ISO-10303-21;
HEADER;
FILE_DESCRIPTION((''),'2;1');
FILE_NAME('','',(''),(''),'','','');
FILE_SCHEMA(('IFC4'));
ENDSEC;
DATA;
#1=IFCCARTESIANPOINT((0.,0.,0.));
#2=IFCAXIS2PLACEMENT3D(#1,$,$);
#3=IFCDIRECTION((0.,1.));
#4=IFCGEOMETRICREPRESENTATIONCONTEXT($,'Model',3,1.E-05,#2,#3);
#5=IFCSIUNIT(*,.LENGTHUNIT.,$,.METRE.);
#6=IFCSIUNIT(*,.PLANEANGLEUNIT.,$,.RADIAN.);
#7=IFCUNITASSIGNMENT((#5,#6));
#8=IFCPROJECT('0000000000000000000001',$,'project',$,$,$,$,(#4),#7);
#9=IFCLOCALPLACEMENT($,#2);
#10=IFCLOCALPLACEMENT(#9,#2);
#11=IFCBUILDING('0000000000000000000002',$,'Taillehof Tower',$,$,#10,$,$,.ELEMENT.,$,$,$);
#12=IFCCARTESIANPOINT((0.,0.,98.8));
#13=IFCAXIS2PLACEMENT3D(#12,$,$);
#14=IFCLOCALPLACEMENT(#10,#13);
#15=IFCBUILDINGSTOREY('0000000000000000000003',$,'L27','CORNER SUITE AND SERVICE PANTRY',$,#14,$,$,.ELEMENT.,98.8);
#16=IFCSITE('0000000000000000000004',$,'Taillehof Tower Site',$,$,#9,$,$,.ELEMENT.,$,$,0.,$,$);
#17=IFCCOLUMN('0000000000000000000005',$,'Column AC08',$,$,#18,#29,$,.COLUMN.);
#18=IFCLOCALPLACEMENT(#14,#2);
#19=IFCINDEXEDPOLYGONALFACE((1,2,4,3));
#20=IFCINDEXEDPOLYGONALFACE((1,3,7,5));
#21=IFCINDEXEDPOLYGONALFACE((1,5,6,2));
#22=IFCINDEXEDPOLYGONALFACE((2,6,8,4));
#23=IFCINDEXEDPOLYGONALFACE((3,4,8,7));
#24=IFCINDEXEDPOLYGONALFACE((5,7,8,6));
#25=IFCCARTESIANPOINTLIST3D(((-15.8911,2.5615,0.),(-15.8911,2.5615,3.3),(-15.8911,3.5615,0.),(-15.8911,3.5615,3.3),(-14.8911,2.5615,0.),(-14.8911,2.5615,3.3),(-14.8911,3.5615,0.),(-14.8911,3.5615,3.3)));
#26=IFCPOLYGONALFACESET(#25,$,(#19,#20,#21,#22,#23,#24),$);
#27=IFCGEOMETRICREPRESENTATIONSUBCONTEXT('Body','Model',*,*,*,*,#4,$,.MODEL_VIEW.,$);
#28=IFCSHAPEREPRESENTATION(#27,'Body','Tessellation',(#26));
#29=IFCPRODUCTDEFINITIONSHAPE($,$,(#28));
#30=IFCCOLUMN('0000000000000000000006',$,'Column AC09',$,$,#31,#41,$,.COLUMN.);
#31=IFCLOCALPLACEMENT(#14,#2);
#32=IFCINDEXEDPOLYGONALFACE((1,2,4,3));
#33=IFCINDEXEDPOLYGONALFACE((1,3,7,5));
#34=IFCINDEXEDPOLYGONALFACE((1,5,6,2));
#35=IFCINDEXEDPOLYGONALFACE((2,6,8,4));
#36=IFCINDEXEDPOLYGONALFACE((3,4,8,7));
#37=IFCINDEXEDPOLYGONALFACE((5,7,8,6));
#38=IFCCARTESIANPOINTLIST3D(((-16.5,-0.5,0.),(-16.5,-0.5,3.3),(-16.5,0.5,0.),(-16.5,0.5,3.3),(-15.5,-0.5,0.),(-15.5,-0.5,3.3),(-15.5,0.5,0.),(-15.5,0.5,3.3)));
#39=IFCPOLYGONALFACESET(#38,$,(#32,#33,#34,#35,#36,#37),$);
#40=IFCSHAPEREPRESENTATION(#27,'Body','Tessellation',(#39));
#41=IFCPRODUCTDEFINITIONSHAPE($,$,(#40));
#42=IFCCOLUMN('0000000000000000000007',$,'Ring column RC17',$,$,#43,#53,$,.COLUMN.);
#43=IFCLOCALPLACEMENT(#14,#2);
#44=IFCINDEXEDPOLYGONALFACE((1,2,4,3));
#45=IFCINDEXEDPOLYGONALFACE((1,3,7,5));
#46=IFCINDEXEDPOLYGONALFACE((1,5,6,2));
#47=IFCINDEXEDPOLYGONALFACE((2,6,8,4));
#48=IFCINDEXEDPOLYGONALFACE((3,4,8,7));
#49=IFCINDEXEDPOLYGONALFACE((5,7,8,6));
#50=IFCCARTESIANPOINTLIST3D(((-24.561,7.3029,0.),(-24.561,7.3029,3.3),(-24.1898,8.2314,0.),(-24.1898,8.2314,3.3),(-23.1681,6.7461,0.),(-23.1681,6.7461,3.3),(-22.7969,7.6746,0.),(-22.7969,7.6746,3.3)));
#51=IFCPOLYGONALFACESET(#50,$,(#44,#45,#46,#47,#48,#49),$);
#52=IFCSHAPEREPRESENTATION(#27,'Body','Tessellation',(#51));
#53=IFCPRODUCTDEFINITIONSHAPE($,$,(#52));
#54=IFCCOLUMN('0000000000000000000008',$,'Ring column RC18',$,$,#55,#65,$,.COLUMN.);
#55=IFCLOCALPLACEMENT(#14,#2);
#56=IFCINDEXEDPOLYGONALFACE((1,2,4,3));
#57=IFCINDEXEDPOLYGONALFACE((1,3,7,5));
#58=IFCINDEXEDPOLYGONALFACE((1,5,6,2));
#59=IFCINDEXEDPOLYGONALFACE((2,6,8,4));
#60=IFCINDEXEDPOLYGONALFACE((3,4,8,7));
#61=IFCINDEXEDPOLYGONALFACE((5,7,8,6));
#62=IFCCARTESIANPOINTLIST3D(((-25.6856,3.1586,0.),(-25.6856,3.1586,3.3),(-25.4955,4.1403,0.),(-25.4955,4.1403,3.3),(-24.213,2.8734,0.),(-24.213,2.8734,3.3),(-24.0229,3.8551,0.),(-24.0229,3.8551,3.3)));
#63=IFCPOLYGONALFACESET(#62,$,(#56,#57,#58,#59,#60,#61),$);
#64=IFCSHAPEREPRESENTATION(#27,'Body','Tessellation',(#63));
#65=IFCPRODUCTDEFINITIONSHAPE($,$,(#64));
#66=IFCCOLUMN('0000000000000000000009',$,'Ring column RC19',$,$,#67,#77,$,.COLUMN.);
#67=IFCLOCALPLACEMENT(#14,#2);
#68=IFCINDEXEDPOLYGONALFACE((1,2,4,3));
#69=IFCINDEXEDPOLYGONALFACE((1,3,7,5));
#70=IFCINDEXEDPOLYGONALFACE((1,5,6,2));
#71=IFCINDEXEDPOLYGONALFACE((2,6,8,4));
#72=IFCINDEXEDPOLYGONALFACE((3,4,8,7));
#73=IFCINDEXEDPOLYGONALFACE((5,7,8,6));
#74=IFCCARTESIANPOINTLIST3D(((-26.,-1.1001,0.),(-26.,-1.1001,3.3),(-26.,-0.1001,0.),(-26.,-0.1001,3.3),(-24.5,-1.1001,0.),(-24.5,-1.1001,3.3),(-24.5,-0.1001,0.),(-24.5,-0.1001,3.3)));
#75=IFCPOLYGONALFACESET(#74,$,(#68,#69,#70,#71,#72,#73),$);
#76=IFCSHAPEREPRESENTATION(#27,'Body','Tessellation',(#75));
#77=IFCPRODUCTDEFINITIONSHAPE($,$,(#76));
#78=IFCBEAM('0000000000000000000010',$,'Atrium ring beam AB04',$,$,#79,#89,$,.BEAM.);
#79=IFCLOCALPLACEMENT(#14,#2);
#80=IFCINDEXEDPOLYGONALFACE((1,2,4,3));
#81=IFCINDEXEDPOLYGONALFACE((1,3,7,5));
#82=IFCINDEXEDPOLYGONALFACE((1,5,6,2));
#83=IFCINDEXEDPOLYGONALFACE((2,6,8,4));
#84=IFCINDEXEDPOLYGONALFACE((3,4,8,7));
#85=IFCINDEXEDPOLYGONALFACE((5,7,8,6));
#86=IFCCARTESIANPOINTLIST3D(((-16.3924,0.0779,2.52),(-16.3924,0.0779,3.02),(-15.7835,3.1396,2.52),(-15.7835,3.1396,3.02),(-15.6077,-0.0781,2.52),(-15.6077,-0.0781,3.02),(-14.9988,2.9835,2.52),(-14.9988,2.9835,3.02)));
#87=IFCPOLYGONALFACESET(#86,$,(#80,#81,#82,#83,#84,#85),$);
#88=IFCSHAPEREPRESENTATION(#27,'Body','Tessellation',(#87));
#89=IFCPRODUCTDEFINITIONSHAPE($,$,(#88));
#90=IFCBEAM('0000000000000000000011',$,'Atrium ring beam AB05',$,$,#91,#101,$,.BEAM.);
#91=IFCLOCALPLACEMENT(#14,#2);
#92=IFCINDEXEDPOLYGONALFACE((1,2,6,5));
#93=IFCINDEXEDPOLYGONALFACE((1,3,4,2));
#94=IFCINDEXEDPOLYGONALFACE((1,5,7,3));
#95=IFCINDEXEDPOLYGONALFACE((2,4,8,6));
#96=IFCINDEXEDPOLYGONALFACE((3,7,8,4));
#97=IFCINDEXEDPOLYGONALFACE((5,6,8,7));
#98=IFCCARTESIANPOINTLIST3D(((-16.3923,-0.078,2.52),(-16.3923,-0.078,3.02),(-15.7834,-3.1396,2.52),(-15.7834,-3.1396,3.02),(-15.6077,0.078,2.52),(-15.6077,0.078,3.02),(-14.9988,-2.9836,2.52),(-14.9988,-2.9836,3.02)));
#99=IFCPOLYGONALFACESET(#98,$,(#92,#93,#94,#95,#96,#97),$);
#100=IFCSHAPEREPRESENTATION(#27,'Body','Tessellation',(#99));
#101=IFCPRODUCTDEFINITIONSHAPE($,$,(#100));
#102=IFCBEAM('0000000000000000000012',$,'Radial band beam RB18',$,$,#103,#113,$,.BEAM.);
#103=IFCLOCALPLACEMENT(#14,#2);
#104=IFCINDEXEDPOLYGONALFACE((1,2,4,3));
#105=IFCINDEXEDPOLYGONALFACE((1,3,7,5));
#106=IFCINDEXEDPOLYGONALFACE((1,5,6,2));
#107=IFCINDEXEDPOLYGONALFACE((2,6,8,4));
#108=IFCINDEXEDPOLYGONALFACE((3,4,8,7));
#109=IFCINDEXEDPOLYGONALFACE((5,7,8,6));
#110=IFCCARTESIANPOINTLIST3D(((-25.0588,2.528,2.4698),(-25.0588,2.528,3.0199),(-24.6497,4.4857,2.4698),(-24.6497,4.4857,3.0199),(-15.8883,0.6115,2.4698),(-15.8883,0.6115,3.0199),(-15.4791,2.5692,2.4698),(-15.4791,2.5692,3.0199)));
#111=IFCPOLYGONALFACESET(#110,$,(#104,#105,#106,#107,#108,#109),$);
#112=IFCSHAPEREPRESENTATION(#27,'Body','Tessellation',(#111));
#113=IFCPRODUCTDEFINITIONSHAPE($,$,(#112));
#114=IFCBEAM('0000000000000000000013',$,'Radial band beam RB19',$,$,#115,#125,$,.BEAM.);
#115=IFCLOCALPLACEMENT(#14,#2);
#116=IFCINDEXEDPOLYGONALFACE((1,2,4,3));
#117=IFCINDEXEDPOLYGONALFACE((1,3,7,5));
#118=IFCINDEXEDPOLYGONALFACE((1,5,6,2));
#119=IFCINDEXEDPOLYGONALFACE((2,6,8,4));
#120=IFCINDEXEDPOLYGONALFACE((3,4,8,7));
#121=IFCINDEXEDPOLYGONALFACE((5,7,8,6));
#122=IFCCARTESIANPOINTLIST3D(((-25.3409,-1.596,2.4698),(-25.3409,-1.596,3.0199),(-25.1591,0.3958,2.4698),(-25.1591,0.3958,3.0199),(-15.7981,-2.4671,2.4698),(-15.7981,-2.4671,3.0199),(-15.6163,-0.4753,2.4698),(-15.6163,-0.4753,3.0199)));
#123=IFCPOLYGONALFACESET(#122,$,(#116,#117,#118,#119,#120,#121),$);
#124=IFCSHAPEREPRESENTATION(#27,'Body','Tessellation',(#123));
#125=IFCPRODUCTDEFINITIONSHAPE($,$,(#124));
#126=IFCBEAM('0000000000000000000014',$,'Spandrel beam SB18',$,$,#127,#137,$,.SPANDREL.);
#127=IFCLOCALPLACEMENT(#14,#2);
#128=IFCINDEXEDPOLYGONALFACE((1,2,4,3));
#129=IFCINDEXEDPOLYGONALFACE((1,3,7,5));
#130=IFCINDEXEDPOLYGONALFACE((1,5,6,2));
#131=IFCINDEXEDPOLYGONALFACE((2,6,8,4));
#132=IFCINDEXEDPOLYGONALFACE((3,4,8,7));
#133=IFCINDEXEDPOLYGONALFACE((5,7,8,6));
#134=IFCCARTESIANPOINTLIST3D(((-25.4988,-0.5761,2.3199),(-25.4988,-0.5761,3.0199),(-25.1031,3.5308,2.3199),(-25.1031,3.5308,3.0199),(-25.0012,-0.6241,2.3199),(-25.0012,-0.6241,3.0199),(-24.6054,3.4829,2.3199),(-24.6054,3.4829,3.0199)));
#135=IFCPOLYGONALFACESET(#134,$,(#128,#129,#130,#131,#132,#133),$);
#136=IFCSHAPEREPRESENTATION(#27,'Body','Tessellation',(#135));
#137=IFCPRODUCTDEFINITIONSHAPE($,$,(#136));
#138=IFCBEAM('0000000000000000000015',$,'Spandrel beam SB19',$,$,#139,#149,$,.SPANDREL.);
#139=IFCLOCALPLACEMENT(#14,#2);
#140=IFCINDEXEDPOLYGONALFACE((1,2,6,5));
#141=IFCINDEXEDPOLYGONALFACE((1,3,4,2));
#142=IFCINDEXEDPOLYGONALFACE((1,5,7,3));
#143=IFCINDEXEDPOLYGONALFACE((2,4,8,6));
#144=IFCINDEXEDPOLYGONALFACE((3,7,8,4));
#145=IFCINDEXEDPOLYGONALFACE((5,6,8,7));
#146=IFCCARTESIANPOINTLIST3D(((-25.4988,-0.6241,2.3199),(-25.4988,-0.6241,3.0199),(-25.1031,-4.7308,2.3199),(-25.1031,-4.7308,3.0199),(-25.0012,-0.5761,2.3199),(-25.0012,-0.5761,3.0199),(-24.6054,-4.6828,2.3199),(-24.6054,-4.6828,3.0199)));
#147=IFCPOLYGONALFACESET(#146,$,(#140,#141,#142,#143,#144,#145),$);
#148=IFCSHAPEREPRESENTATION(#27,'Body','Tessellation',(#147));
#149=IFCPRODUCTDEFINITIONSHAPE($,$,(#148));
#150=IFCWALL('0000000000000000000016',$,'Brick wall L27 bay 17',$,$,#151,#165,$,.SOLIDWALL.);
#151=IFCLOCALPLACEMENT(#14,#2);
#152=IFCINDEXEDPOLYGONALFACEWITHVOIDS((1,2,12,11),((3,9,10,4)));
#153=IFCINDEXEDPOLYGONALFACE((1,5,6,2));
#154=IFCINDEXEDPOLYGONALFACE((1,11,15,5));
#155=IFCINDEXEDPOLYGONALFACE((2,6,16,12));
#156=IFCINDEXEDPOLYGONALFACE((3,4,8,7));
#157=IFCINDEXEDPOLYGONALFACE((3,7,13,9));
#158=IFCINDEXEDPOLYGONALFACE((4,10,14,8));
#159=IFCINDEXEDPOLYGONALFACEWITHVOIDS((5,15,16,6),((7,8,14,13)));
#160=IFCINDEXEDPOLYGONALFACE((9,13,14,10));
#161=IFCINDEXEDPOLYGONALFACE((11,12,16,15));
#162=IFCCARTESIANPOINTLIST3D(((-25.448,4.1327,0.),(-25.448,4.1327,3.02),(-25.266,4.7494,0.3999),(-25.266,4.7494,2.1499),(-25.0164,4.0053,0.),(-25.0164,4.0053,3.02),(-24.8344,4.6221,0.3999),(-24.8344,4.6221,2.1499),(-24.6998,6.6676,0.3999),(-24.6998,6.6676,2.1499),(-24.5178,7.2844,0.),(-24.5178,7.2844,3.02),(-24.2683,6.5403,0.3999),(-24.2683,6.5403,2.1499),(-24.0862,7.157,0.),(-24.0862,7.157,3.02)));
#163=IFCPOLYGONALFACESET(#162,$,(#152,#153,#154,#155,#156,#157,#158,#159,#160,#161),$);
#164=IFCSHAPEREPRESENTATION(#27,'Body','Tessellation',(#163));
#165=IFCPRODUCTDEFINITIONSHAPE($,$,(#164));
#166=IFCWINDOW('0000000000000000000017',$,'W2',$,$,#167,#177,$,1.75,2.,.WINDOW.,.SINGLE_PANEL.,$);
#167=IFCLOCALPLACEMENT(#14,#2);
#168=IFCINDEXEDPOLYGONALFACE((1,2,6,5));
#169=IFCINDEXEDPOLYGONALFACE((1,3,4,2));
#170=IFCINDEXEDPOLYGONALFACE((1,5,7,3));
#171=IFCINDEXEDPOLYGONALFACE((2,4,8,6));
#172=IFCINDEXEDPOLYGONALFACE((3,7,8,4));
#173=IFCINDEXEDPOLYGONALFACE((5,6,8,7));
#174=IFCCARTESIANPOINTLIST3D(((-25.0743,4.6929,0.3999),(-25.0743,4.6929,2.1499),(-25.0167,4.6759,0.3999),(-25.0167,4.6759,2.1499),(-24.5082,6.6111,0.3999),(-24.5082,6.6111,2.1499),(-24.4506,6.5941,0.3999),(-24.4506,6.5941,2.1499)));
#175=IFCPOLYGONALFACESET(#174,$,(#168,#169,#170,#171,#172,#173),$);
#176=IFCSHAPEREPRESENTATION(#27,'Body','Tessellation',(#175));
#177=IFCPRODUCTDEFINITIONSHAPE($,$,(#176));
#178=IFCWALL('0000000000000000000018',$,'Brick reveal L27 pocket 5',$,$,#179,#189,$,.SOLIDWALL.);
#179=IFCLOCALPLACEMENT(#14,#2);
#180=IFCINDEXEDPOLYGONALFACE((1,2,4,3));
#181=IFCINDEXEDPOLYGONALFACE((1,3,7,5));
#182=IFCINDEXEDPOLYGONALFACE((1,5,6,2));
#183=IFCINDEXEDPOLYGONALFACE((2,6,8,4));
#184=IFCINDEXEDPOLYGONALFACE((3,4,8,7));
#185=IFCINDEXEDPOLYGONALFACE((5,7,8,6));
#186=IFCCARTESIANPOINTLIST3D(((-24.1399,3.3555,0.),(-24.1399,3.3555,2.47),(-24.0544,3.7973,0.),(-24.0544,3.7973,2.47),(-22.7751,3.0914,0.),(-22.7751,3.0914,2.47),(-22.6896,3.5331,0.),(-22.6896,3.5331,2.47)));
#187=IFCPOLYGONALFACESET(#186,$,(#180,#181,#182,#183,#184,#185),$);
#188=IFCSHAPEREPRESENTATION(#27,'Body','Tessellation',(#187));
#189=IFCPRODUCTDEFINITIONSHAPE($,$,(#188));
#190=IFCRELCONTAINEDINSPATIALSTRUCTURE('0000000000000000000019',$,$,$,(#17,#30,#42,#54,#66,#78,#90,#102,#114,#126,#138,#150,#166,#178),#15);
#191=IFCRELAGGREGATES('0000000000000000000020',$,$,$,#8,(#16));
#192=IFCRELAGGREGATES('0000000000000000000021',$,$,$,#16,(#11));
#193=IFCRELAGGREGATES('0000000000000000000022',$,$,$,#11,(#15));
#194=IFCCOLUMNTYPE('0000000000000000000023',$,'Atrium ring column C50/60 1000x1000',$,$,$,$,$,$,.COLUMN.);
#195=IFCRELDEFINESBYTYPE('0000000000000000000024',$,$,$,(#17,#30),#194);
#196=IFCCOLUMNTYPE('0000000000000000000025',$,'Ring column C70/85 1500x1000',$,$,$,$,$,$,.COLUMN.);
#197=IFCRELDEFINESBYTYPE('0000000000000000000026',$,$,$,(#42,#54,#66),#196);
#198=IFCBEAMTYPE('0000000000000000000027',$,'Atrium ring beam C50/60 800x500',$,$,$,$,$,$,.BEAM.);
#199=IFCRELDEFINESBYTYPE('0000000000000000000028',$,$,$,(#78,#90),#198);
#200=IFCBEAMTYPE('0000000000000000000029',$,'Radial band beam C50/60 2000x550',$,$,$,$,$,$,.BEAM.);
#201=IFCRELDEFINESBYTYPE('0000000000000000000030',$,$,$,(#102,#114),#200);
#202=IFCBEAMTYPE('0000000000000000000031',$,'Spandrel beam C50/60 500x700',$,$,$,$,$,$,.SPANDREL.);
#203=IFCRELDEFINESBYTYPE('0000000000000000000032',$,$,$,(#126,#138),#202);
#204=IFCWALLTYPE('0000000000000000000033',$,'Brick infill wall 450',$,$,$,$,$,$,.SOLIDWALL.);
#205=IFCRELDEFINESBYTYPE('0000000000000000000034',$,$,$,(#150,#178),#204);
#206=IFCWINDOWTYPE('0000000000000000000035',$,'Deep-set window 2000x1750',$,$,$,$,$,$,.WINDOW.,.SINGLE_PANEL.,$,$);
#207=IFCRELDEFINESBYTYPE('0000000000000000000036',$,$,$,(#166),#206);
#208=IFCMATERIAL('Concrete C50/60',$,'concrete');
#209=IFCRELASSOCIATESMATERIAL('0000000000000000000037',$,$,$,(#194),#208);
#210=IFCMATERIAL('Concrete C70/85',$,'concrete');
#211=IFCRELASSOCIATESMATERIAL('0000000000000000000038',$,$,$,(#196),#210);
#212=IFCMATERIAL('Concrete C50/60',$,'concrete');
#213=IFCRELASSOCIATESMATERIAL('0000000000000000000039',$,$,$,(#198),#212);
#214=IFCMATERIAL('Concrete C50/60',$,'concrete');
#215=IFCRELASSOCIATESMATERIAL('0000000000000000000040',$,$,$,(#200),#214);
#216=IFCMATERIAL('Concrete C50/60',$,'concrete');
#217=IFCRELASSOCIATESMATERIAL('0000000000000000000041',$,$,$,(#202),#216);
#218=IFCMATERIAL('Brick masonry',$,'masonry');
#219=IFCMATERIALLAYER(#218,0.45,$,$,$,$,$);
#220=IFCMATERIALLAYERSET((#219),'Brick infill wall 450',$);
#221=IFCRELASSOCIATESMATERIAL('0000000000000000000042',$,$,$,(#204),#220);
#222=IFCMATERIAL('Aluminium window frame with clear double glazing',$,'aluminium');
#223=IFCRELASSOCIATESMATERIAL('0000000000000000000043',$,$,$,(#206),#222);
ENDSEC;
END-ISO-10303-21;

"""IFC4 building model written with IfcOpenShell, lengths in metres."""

from ifc_helpers import new_model, si_unit, direction, frame, frame_2d, origin, origin_2d, place, context, subcontext, project, spatial, rectangle, extrude, material, layer, layer_set, material_profile, profile_set, type_object, element, fill, save


model = new_model("IFC4")

# Units and contexts
model_context = context("Model", 3, precision=1e-05, world=origin(), true_north=direction((0.0, 1.0)))
body_context = subcontext(model_context, "Body", "Model", "MODEL_VIEW")
ifc_project = project(units=[si_unit("LENGTHUNIT", "METRE"), si_unit("PLANEANGLEUNIT", "RADIAN")], contexts=[model_context])

# Site, building, storey
site_placement = place(None, origin())
site = spatial("IfcSite", under=ifc_project, at=site_placement, Name="Taillehof Tower Site", CompositionType="ELEMENT", RefElevation=0.0)
building_placement = place(site_placement, origin())
building = spatial("IfcBuilding", under=site, at=building_placement, Name="Taillehof Tower", CompositionType="ELEMENT")
storey_placement = place(building_placement, frame((0.0, 0.0, 98.8)))
storey = spatial("IfcBuildingStorey", under=building, at=storey_placement, Name="L27", Description="CORNER SUITE AND SERVICE PANTRY", CompositionType="ELEMENT", Elevation=98.8)

# Columns
ifc_material_1 = material(Name="Concrete C50/60", Category="concrete")
ifc_material_profile_1 = material_profile(ifc_material_1, rectangle(XDim=1.0, YDim=1.0, at=origin_2d()), Name="RC 1000x1000")
ifc_profile_set_1 = profile_set([ifc_material_profile_1], Name="Concrete C50/60")
column_type_1 = type_object("IfcColumnType", Name="Atrium ring column C50/60 1000x1000", PredefinedType="COLUMN", material=ifc_profile_set_1)
for number, where, z_axis, x_axis, name in (
    (1, (-15.3911, 3.0615, 0.0), (0.0, 0.0, 1.0), (1.0, 0.0, 0.0), "Column AC08"),
    (2, (-16.0, 0.0, 0.0), (0.0, 0.0, 1.0), (1.0, 0.0, 0.0), "Column AC09"),
):
    element("IfcColumn", number, at=place(storey_placement, frame(where, z_axis=z_axis, x_axis=x_axis)), inside=storey, type_object=column_type_1, Name=name, PredefinedType="COLUMN", context=body_context, shape_type="SweptSolid", body=[
        extrude(rectangle(XDim=1.0, YDim=1.0, at=origin_2d()), origin(), (0.0, 0.0, 1.0), 3.3),
    ])
ifc_material_2 = material(Name="Concrete C70/85", Category="concrete")
ifc_material_profile_2 = material_profile(ifc_material_2, rectangle(XDim=1.5, YDim=1.0, at=origin_2d()), Name="RC 1500x1000")
ifc_profile_set_2 = profile_set([ifc_material_profile_2], Name="Concrete C70/85")
column_type_2 = type_object("IfcColumnType", Name="Ring column C70/85 1500x1000", PredefinedType="COLUMN", material=ifc_profile_set_2)
for number, where, z_axis, x_axis, name in (
    (3, (-23.679, 7.4888, 0.0), (0.0, 0.0, 1.0), (-0.92855, 0.371207, 0.0), "Ring column RC17"),
    (4, (-24.8542, 3.5068, 0.0), (0.0, 0.0, 1.0), (-0.981757, 0.190138, 0.0), "Ring column RC18"),
    (5, (-25.25, -0.6001, 0.0), (0.0, 0.0, 1.0), (-1.0, 0.0, 0.0), "Ring column RC19"),
):
    element("IfcColumn", number, at=place(storey_placement, frame(where, z_axis=z_axis, x_axis=x_axis)), inside=storey, type_object=column_type_2, Name=name, PredefinedType="COLUMN", context=body_context, shape_type="SweptSolid", body=[
        extrude(rectangle(XDim=1.5, YDim=1.0, at=origin_2d()), origin(), (0.0, 0.0, 1.0), 3.3),
    ])

# Beams
ifc_material_3 = material(Name="Concrete C50/60", Category="concrete")
ifc_material_profile_3 = material_profile(ifc_material_3, rectangle(XDim=0.8, YDim=0.5, at=origin_2d()), Name="RC 800x500")
ifc_profile_set_3 = profile_set([ifc_material_profile_3], Name="Concrete C50/60")
beam_type_1 = type_object("IfcBeamType", Name="Atrium ring beam C50/60 800x500", PredefinedType="BEAM", material=ifc_profile_set_3)
for number, where, z_axis, x_axis, name in (
    (6, (-15.3911, 3.0615, 2.77), (-0.195063, -0.980791, 0.0), (0.980791, -0.195063, 0.0), "Atrium ring beam AB04"),
    (7, (-16.0, 0.0, 2.77), (0.195063, -0.980791, 0.0), (0.980791, 0.195063, 0.0), "Atrium ring beam AB05"),
):
    element("IfcBeam", number, at=place(storey_placement, frame(where, z_axis=z_axis, x_axis=x_axis)), inside=storey, type_object=beam_type_1, Name=name, PredefinedType="BEAM", context=body_context, shape_type="SweptSolid", body=[
        extrude(rectangle(XDim=0.8, YDim=0.5, at=origin_2d()), origin(), (0.0, 0.0, 1.0), 3.1216),
    ])
ifc_material_4 = material(Name="Concrete C50/60", Category="concrete")
ifc_material_profile_4 = material_profile(ifc_material_4, rectangle(XDim=2.0, YDim=0.55, at=origin_2d()), Name="RC 2000x550")
ifc_profile_set_4 = profile_set([ifc_material_profile_4], Name="Concrete C50/60")
beam_type_2 = type_object("IfcBeamType", Name="Radial band beam C50/60 2000x550", PredefinedType="BEAM", material=ifc_profile_set_4)
beam_1_placement = place(storey_placement, frame((-24.8542, 3.5068, 2.7449), z_axis=(0.978853, -0.204563, 0.0), x_axis=(0.204563, 0.978853, 0.0)))
element("IfcBeam", 8, at=beam_1_placement, inside=storey, type_object=beam_type_2, Name="Radial band beam RB18", PredefinedType="BEAM", context=body_context, shape_type="SweptSolid", body=[
    extrude(rectangle(XDim=2.0, YDim=0.55, at=origin_2d()), origin(), (0.0, 0.0, 1.0), 9.3687),
])
beam_2_placement = place(storey_placement, frame((-25.25, -0.6001, 2.7449), z_axis=(0.99586, -0.090906, 0.0), x_axis=(0.090906, 0.99586, 0.0)))
element("IfcBeam", 9, at=beam_2_placement, inside=storey, type_object=beam_type_2, Name="Radial band beam RB19", PredefinedType="BEAM", context=body_context, shape_type="SweptSolid", body=[
    extrude(rectangle(XDim=2.0, YDim=0.55, at=origin_2d()), origin(), (0.0, 0.0, 1.0), 9.5825),
])
ifc_material_5 = material(Name="Concrete C50/60", Category="concrete")
ifc_material_profile_5 = material_profile(ifc_material_5, rectangle(XDim=0.5, YDim=0.7, at=origin_2d()), Name="RC 500x700")
ifc_profile_set_5 = profile_set([ifc_material_profile_5], Name="Concrete C50/60")
beam_type_3 = type_object("IfcBeamType", Name="Spandrel beam C50/60 500x700", PredefinedType="SPANDREL", material=ifc_profile_set_5)
beam_3_placement = place(storey_placement, frame((-24.8542, 3.5068, 2.6699), z_axis=(-0.095918, -0.995389, 0.0), x_axis=(0.995389, -0.095918, 0.0)))
element("IfcBeam", 10, at=beam_3_placement, inside=storey, type_object=beam_type_3, Name="Spandrel beam SB18", PredefinedType="SPANDREL", context=body_context, shape_type="SweptSolid", body=[
    extrude(rectangle(XDim=0.5, YDim=0.7, at=origin_2d()), origin(), (0.0, 0.0, 1.0), 4.126),
])
beam_4_placement = place(storey_placement, frame((-25.25, -0.6001, 2.6699), z_axis=(0.095923, -0.995389, 0.0), x_axis=(0.995389, 0.095923, 0.0)))
element("IfcBeam", 11, at=beam_4_placement, inside=storey, type_object=beam_type_3, Name="Spandrel beam SB19", PredefinedType="SPANDREL", context=body_context, shape_type="SweptSolid", body=[
    extrude(rectangle(XDim=0.5, YDim=0.7, at=origin_2d()), origin(), (0.0, 0.0, 1.0), 4.1257),
])

# Wall, opening, window
ifc_material_6 = material(Name="Brick masonry", Category="masonry")
ifc_layer_1 = layer(ifc_material_6, 0.45)
ifc_layer_set_1 = layer_set([ifc_layer_1], Name="Brick infill wall 450")
wall_type_1 = type_object("IfcWallType", Name="Brick infill wall 450", PredefinedType="SOLIDWALL", material=ifc_layer_set_1)
wall_1_placement = place(storey_placement, frame((-24.302, 7.2207, 0.0), z_axis=(0.0, 0.0, 1.0), x_axis=(-0.283071, -0.959099, 0.0)))
wall_1 = element("IfcWall", 12, at=wall_1_placement, inside=storey, type_object=wall_type_1, Name="Brick wall L27 bay 17", PredefinedType="SOLIDWALL", context=body_context, shape_type="SweptSolid", body=[
    extrude(rectangle(XDim=3.2861, YDim=0.45, at=frame_2d((1.6431, 0.0))), origin(), (0.0, 0.0, 1.0), 3.02),
])
opening_1_placement = place(wall_1_placement, frame((0.6431, 0.0, 0.3999)))
opening_1 = element("IfcOpeningElement", 13, at=opening_1_placement, cuts=wall_1, PredefinedType="OPENING", context=body_context, shape_type="SweptSolid", body=[
    extrude(rectangle(XDim=2.0, YDim=1.75, at=frame_2d((1.0, 0.875))), frame((0.0, 0.2349, 0.0), z_axis=(0.0, -1.0, 0.0), x_axis=(1.0, 0.0, 0.0)), (0.0, 0.0, 1.0), 0.47),
])
ifc_material_7 = material(Name="Aluminium window frame with clear double glazing", Category="aluminium")
window_type_1 = type_object("IfcWindowType", Name="Deep-set window 2000x1750", PartitioningType="SINGLE_PANEL", PredefinedType="WINDOW", material=ifc_material_7)
window_1_placement = place(opening_1_placement, origin())
window_1 = element("IfcWindow", 14, at=window_1_placement, inside=storey, type_object=window_type_1, Name="W2", OverallHeight=1.75, OverallWidth=2.0, PartitioningType="SINGLE_PANEL", PredefinedType="WINDOW", context=body_context, shape_type="SweptSolid", body=[
    extrude(rectangle(XDim=2.0, YDim=1.75, at=frame_2d((1.0, 0.875))), frame((0.0, 0.0349, 0.0), z_axis=(0.0, -1.0, 0.0), x_axis=(1.0, 0.0, 0.0)), (0.0, 0.0, 1.0), 0.0601),
])
fill(opening_1, window_1)

# Wall
wall_2_placement = place(storey_placement, frame((-24.0972, 3.5764, 0.0), z_axis=(0.0, 0.0, 1.0), x_axis=(0.981778, -0.190033, 0.0)))
element("IfcWall", 15, at=wall_2_placement, inside=storey, type_object=wall_type_1, Name="Brick reveal L27 pocket 5", PredefinedType="SOLIDWALL", context=body_context, shape_type="SweptSolid", body=[
    extrude(rectangle(XDim=1.3901, YDim=0.45, at=frame_2d((0.6951, 0.0))), origin(), (0.0, 0.0, 1.0), 2.47),
])

save(model, "model.ifc")
